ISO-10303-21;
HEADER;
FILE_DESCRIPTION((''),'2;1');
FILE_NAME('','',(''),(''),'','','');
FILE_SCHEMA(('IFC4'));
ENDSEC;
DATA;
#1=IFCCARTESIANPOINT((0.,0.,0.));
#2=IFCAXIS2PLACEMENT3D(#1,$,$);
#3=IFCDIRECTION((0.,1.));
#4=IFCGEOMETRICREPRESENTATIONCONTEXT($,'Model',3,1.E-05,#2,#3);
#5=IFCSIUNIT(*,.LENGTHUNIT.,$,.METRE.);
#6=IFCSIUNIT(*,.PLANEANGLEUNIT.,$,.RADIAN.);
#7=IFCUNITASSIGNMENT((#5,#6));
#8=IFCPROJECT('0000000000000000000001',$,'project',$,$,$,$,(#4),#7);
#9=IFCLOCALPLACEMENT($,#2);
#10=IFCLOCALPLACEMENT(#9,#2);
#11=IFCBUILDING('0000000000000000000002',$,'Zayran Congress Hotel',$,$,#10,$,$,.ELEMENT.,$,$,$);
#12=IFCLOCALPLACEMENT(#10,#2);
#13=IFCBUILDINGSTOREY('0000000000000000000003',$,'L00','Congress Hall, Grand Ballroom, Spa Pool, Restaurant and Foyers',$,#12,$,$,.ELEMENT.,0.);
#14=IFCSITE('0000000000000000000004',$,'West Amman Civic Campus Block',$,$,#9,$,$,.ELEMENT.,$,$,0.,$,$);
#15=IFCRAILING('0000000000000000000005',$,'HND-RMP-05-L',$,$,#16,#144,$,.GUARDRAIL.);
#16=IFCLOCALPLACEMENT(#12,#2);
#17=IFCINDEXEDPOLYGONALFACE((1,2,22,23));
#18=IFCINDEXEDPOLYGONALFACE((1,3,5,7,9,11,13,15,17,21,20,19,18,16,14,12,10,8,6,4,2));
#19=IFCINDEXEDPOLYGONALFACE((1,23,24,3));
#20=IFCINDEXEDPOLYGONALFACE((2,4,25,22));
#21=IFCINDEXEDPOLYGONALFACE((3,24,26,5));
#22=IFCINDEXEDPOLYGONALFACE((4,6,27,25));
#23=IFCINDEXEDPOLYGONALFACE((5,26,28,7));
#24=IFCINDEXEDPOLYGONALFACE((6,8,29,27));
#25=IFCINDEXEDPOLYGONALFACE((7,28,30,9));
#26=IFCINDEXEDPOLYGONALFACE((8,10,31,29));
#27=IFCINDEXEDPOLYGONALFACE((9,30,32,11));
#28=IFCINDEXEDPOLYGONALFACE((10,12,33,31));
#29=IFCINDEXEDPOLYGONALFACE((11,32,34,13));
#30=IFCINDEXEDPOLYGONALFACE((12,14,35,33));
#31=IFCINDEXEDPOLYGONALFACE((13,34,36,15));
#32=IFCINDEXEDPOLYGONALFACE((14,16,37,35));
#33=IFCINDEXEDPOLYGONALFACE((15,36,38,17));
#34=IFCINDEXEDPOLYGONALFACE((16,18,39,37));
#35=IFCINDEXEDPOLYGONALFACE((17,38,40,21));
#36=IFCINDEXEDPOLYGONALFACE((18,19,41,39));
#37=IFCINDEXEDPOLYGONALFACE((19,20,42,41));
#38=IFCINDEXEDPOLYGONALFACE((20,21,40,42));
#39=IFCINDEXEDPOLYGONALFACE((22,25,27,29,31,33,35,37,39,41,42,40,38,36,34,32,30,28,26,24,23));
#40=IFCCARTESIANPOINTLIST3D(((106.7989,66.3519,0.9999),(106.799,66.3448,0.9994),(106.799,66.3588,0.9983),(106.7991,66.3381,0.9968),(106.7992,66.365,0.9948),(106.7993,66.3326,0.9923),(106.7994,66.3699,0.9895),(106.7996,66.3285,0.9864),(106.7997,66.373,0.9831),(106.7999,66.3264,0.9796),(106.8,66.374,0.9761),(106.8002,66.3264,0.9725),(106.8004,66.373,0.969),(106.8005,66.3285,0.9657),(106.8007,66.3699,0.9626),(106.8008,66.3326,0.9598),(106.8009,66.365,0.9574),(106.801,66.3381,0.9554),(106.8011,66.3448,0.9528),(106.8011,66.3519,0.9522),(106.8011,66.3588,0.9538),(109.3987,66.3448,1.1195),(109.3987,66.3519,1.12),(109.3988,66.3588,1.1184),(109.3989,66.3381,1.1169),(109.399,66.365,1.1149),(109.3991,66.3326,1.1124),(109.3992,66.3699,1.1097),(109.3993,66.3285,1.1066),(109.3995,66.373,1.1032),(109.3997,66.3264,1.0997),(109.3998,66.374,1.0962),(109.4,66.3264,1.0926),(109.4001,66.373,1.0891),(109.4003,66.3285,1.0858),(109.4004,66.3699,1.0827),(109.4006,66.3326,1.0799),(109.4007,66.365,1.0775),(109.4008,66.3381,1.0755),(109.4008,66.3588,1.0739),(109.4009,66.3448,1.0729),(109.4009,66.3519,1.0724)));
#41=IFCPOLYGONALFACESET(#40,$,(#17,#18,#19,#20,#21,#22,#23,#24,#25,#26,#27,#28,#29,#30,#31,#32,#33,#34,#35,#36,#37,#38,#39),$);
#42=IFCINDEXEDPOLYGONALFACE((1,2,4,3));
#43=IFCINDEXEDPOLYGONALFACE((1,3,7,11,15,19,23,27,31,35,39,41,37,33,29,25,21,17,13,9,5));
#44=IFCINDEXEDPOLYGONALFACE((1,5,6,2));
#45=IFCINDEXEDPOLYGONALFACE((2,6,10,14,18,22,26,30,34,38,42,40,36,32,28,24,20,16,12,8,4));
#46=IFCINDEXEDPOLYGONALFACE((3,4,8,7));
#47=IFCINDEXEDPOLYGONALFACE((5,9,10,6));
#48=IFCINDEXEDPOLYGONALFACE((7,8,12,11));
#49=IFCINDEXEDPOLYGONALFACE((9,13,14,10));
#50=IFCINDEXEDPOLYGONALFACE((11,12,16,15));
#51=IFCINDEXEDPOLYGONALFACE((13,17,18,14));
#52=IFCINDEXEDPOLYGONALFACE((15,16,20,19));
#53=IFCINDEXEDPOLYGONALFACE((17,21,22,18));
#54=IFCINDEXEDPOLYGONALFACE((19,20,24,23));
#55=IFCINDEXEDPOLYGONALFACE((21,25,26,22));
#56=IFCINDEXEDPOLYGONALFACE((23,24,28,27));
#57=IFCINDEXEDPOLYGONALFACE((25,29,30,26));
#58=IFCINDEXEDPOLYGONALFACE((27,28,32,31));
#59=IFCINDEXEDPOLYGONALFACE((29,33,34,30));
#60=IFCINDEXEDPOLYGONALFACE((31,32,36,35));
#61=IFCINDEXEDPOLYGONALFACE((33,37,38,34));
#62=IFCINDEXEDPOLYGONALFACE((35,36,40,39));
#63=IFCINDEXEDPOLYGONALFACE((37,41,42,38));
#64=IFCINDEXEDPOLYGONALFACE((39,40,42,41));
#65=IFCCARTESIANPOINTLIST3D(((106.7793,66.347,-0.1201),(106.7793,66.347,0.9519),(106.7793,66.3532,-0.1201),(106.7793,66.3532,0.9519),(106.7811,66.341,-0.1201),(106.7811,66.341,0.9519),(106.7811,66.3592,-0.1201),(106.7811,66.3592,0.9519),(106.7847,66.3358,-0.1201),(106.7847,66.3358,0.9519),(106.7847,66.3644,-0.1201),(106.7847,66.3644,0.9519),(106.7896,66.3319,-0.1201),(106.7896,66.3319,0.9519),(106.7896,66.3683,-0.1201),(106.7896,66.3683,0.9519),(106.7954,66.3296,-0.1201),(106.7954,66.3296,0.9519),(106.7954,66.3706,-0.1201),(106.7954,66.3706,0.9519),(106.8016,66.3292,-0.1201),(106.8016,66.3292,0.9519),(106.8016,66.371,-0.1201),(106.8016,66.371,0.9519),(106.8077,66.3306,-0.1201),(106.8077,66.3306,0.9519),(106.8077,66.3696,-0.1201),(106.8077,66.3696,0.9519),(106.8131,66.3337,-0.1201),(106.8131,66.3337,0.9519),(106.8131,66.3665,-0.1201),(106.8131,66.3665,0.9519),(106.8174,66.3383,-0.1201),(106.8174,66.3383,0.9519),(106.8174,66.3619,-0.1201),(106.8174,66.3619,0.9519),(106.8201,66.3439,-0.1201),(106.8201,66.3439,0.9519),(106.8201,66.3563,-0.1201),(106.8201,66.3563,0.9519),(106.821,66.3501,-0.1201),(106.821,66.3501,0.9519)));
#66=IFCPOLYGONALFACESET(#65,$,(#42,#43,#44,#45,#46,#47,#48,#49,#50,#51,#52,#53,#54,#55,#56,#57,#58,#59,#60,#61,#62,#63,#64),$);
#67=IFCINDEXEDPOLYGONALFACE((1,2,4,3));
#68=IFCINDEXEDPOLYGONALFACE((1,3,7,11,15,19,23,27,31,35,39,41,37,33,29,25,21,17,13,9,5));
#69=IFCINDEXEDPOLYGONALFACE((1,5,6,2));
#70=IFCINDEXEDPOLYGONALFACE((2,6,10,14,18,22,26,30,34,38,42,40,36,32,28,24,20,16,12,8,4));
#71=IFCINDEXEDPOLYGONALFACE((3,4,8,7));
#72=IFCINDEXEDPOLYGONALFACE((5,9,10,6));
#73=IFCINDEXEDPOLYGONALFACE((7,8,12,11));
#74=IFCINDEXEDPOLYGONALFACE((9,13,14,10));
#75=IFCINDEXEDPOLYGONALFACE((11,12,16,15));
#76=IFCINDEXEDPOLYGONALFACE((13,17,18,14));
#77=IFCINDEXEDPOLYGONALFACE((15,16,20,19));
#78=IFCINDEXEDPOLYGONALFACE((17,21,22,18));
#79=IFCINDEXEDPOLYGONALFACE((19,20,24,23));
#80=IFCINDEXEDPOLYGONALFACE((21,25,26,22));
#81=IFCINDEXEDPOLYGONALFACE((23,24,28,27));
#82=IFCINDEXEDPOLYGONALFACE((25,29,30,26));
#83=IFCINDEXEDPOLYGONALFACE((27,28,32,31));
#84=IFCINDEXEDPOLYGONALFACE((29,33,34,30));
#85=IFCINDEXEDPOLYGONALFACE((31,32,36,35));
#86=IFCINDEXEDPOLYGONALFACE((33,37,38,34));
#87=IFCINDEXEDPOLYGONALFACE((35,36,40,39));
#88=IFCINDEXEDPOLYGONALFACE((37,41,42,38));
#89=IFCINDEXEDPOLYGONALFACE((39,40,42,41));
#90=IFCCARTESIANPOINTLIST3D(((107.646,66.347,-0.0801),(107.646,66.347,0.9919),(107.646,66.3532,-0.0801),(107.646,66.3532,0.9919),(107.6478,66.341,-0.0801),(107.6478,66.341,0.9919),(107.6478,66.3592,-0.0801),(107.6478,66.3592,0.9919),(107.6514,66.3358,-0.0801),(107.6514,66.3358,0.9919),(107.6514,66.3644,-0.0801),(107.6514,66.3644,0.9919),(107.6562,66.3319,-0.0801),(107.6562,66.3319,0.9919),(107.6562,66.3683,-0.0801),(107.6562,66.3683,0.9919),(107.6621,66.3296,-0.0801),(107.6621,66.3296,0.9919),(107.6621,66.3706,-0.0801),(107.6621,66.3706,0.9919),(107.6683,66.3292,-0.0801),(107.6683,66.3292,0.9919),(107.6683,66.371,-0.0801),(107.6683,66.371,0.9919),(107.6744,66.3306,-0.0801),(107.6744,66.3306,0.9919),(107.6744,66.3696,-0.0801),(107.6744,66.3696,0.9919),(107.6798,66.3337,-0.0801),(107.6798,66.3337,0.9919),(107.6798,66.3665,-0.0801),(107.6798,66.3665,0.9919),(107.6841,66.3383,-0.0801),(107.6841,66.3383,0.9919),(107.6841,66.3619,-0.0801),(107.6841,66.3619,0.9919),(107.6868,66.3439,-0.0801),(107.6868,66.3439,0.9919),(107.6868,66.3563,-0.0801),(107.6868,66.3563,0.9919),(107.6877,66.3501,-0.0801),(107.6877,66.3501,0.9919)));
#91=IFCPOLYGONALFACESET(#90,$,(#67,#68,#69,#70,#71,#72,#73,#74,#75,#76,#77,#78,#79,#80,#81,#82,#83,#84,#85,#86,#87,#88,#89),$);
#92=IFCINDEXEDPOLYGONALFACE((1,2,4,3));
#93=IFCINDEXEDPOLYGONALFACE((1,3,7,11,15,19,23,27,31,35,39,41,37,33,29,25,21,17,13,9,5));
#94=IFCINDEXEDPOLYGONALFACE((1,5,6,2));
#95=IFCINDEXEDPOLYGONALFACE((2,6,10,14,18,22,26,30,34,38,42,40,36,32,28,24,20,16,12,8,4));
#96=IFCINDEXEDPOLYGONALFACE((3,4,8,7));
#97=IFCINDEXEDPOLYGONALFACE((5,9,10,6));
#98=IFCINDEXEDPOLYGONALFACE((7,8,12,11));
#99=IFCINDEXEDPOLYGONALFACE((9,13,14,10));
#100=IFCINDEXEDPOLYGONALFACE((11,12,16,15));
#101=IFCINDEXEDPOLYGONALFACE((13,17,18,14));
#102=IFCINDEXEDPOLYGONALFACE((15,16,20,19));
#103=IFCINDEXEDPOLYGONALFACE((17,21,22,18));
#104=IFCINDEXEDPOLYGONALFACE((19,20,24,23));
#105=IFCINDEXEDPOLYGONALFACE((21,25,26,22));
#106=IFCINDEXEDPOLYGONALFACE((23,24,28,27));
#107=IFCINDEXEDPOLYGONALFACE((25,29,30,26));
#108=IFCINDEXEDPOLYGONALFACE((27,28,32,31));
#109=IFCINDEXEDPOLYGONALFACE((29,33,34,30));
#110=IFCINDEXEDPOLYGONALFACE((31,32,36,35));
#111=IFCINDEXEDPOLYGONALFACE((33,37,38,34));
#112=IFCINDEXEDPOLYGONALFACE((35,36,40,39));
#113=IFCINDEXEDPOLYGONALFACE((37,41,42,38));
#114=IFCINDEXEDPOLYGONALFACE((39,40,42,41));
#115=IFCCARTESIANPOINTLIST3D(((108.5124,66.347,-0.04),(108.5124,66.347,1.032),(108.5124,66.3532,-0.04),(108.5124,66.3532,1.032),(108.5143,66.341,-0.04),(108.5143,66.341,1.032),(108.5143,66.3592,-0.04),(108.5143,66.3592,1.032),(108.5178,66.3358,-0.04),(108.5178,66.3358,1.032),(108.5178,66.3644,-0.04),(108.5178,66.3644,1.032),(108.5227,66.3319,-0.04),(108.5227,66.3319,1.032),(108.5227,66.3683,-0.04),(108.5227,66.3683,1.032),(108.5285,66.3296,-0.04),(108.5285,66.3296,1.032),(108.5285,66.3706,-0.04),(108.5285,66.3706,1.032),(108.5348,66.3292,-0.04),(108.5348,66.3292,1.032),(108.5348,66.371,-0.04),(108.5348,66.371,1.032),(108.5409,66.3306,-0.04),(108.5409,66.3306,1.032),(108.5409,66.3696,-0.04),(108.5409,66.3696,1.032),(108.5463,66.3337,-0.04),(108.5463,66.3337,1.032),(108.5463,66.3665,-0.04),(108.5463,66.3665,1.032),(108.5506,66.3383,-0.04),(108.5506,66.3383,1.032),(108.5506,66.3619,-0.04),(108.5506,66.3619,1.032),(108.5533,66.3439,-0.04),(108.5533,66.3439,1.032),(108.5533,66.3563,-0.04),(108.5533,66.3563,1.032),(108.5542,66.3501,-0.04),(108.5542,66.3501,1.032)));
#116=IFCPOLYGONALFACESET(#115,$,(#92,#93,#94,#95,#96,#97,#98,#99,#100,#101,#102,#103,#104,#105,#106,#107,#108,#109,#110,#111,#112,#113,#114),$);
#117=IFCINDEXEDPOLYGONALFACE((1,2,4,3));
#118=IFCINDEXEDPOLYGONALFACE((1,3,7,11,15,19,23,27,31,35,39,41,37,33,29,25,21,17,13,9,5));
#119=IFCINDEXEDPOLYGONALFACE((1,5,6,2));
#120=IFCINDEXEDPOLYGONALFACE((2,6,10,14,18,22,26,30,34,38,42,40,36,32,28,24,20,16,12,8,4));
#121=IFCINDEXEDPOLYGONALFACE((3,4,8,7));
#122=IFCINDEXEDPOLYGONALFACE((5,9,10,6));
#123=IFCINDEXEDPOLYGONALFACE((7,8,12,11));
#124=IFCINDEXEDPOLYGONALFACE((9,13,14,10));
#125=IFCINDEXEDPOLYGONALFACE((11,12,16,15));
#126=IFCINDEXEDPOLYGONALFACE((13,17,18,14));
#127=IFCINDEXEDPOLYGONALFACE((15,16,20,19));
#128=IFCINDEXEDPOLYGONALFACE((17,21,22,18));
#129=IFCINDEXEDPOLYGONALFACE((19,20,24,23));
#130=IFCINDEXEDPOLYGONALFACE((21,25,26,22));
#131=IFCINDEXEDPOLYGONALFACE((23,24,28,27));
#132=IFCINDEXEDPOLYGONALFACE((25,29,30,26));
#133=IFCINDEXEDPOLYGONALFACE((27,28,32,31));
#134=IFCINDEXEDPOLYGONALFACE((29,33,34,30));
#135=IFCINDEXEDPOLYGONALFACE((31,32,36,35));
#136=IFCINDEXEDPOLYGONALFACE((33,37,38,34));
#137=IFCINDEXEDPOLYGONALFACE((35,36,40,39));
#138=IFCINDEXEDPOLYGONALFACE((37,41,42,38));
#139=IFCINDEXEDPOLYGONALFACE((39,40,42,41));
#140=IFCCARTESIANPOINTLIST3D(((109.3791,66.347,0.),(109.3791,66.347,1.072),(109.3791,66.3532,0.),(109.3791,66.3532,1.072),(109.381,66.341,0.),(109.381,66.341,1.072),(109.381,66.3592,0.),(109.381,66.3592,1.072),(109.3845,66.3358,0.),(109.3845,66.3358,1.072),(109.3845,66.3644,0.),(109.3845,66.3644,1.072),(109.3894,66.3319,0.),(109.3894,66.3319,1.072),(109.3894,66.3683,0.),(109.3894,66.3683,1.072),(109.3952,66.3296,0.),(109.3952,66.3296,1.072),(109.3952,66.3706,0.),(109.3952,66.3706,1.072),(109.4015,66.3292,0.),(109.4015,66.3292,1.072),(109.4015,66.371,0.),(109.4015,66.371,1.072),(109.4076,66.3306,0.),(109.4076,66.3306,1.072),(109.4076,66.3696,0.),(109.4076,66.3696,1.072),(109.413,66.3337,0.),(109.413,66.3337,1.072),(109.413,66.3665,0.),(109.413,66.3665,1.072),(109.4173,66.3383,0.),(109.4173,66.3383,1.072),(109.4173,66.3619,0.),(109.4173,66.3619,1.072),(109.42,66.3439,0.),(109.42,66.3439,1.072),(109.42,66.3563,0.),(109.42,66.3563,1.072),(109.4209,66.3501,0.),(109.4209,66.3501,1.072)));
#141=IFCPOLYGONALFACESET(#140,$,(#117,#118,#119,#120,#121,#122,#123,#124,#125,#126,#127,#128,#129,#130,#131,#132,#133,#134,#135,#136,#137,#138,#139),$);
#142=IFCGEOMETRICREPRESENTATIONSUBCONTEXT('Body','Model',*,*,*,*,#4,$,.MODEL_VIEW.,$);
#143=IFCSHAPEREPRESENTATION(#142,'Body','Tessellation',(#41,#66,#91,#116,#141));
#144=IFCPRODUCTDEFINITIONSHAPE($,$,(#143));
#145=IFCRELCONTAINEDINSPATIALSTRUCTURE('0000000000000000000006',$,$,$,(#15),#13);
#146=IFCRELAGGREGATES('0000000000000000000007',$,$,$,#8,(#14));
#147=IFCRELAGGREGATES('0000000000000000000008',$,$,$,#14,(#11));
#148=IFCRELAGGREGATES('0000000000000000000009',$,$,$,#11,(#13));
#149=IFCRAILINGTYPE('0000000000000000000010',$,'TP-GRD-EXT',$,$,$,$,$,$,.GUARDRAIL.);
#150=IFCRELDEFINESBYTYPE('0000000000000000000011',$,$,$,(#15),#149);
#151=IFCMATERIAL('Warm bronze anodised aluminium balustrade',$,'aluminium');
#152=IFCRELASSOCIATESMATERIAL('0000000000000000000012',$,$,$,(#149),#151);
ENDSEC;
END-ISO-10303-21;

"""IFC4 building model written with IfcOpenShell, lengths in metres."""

from ifc_helpers import new_model, si_unit, direction, frame, origin, origin_2d, place, context, subcontext, project, spatial, circle, extrude, material, type_object, element, save


model = new_model("IFC4")

# Units and contexts
model_context = context("Model", 3, precision=1e-05, world=origin(), true_north=direction((0.0, 1.0)))
body_context = subcontext(model_context, "Body", "Model", "MODEL_VIEW")
ifc_project = project(units=[si_unit("LENGTHUNIT", "METRE"), si_unit("PLANEANGLEUNIT", "RADIAN")], contexts=[model_context])

# Site, building, storey
site_placement = place(None, origin())
site = spatial("IfcSite", under=ifc_project, at=site_placement, Name="West Amman Civic Campus Block", CompositionType="ELEMENT", RefElevation=0.0)
building_placement = place(site_placement, origin())
building = spatial("IfcBuilding", under=site, at=building_placement, Name="Zayran Congress Hotel", CompositionType="ELEMENT")
storey_placement = place(building_placement, origin())
storey = spatial("IfcBuildingStorey", under=building, at=storey_placement, Name="L00", Description="Congress Hall, Grand Ballroom, Spa Pool, Restaurant and Foyers", CompositionType="ELEMENT", Elevation=0.0)

# Railing
ifc_material_1 = material(Name="Warm bronze anodised aluminium balustrade", Category="aluminium")
railing_type = type_object("IfcRailingType", Name="TP-GRD-EXT", PredefinedType="GUARDRAIL", material=ifc_material_1)
for number, where, name in (
    (1, (106.8, 66.3501, -0.1201), "HND-RMP-05-L"),
):
    element("IfcRailing", number, at=place(storey_placement, frame(where)), inside=storey, type_object=railing_type, Name=name, PredefinedType="GUARDRAIL", context=body_context, shape_type="SweptSolid", body=[
        extrude(circle(Radius=0.0239, at=origin_2d()), frame((0.0, 0.0, 1.0962), z_axis=(0.998934, 0.0, 0.046152), x_axis=(0.0, 1.0, 0.0)), (0.0, 0.0, 1.0), 2.6025),
        extrude(circle(Radius=0.021, at=origin_2d()), origin(), (0.0, 0.0, 1.0), 1.072),
        extrude(circle(Radius=0.021, at=origin_2d()), frame((0.8667, 0.0, 0.04)), (0.0, 0.0, 1.0), 1.072),
        extrude(circle(Radius=0.021, at=origin_2d()), frame((1.7332, 0.0, 0.0801)), (0.0, 0.0, 1.0), 1.072),
        extrude(circle(Radius=0.021, at=origin_2d()), frame((2.5999, 0.0, 0.1201)), (0.0, 0.0, 1.0), 1.072),
    ])

save(model, "model.ifc")
